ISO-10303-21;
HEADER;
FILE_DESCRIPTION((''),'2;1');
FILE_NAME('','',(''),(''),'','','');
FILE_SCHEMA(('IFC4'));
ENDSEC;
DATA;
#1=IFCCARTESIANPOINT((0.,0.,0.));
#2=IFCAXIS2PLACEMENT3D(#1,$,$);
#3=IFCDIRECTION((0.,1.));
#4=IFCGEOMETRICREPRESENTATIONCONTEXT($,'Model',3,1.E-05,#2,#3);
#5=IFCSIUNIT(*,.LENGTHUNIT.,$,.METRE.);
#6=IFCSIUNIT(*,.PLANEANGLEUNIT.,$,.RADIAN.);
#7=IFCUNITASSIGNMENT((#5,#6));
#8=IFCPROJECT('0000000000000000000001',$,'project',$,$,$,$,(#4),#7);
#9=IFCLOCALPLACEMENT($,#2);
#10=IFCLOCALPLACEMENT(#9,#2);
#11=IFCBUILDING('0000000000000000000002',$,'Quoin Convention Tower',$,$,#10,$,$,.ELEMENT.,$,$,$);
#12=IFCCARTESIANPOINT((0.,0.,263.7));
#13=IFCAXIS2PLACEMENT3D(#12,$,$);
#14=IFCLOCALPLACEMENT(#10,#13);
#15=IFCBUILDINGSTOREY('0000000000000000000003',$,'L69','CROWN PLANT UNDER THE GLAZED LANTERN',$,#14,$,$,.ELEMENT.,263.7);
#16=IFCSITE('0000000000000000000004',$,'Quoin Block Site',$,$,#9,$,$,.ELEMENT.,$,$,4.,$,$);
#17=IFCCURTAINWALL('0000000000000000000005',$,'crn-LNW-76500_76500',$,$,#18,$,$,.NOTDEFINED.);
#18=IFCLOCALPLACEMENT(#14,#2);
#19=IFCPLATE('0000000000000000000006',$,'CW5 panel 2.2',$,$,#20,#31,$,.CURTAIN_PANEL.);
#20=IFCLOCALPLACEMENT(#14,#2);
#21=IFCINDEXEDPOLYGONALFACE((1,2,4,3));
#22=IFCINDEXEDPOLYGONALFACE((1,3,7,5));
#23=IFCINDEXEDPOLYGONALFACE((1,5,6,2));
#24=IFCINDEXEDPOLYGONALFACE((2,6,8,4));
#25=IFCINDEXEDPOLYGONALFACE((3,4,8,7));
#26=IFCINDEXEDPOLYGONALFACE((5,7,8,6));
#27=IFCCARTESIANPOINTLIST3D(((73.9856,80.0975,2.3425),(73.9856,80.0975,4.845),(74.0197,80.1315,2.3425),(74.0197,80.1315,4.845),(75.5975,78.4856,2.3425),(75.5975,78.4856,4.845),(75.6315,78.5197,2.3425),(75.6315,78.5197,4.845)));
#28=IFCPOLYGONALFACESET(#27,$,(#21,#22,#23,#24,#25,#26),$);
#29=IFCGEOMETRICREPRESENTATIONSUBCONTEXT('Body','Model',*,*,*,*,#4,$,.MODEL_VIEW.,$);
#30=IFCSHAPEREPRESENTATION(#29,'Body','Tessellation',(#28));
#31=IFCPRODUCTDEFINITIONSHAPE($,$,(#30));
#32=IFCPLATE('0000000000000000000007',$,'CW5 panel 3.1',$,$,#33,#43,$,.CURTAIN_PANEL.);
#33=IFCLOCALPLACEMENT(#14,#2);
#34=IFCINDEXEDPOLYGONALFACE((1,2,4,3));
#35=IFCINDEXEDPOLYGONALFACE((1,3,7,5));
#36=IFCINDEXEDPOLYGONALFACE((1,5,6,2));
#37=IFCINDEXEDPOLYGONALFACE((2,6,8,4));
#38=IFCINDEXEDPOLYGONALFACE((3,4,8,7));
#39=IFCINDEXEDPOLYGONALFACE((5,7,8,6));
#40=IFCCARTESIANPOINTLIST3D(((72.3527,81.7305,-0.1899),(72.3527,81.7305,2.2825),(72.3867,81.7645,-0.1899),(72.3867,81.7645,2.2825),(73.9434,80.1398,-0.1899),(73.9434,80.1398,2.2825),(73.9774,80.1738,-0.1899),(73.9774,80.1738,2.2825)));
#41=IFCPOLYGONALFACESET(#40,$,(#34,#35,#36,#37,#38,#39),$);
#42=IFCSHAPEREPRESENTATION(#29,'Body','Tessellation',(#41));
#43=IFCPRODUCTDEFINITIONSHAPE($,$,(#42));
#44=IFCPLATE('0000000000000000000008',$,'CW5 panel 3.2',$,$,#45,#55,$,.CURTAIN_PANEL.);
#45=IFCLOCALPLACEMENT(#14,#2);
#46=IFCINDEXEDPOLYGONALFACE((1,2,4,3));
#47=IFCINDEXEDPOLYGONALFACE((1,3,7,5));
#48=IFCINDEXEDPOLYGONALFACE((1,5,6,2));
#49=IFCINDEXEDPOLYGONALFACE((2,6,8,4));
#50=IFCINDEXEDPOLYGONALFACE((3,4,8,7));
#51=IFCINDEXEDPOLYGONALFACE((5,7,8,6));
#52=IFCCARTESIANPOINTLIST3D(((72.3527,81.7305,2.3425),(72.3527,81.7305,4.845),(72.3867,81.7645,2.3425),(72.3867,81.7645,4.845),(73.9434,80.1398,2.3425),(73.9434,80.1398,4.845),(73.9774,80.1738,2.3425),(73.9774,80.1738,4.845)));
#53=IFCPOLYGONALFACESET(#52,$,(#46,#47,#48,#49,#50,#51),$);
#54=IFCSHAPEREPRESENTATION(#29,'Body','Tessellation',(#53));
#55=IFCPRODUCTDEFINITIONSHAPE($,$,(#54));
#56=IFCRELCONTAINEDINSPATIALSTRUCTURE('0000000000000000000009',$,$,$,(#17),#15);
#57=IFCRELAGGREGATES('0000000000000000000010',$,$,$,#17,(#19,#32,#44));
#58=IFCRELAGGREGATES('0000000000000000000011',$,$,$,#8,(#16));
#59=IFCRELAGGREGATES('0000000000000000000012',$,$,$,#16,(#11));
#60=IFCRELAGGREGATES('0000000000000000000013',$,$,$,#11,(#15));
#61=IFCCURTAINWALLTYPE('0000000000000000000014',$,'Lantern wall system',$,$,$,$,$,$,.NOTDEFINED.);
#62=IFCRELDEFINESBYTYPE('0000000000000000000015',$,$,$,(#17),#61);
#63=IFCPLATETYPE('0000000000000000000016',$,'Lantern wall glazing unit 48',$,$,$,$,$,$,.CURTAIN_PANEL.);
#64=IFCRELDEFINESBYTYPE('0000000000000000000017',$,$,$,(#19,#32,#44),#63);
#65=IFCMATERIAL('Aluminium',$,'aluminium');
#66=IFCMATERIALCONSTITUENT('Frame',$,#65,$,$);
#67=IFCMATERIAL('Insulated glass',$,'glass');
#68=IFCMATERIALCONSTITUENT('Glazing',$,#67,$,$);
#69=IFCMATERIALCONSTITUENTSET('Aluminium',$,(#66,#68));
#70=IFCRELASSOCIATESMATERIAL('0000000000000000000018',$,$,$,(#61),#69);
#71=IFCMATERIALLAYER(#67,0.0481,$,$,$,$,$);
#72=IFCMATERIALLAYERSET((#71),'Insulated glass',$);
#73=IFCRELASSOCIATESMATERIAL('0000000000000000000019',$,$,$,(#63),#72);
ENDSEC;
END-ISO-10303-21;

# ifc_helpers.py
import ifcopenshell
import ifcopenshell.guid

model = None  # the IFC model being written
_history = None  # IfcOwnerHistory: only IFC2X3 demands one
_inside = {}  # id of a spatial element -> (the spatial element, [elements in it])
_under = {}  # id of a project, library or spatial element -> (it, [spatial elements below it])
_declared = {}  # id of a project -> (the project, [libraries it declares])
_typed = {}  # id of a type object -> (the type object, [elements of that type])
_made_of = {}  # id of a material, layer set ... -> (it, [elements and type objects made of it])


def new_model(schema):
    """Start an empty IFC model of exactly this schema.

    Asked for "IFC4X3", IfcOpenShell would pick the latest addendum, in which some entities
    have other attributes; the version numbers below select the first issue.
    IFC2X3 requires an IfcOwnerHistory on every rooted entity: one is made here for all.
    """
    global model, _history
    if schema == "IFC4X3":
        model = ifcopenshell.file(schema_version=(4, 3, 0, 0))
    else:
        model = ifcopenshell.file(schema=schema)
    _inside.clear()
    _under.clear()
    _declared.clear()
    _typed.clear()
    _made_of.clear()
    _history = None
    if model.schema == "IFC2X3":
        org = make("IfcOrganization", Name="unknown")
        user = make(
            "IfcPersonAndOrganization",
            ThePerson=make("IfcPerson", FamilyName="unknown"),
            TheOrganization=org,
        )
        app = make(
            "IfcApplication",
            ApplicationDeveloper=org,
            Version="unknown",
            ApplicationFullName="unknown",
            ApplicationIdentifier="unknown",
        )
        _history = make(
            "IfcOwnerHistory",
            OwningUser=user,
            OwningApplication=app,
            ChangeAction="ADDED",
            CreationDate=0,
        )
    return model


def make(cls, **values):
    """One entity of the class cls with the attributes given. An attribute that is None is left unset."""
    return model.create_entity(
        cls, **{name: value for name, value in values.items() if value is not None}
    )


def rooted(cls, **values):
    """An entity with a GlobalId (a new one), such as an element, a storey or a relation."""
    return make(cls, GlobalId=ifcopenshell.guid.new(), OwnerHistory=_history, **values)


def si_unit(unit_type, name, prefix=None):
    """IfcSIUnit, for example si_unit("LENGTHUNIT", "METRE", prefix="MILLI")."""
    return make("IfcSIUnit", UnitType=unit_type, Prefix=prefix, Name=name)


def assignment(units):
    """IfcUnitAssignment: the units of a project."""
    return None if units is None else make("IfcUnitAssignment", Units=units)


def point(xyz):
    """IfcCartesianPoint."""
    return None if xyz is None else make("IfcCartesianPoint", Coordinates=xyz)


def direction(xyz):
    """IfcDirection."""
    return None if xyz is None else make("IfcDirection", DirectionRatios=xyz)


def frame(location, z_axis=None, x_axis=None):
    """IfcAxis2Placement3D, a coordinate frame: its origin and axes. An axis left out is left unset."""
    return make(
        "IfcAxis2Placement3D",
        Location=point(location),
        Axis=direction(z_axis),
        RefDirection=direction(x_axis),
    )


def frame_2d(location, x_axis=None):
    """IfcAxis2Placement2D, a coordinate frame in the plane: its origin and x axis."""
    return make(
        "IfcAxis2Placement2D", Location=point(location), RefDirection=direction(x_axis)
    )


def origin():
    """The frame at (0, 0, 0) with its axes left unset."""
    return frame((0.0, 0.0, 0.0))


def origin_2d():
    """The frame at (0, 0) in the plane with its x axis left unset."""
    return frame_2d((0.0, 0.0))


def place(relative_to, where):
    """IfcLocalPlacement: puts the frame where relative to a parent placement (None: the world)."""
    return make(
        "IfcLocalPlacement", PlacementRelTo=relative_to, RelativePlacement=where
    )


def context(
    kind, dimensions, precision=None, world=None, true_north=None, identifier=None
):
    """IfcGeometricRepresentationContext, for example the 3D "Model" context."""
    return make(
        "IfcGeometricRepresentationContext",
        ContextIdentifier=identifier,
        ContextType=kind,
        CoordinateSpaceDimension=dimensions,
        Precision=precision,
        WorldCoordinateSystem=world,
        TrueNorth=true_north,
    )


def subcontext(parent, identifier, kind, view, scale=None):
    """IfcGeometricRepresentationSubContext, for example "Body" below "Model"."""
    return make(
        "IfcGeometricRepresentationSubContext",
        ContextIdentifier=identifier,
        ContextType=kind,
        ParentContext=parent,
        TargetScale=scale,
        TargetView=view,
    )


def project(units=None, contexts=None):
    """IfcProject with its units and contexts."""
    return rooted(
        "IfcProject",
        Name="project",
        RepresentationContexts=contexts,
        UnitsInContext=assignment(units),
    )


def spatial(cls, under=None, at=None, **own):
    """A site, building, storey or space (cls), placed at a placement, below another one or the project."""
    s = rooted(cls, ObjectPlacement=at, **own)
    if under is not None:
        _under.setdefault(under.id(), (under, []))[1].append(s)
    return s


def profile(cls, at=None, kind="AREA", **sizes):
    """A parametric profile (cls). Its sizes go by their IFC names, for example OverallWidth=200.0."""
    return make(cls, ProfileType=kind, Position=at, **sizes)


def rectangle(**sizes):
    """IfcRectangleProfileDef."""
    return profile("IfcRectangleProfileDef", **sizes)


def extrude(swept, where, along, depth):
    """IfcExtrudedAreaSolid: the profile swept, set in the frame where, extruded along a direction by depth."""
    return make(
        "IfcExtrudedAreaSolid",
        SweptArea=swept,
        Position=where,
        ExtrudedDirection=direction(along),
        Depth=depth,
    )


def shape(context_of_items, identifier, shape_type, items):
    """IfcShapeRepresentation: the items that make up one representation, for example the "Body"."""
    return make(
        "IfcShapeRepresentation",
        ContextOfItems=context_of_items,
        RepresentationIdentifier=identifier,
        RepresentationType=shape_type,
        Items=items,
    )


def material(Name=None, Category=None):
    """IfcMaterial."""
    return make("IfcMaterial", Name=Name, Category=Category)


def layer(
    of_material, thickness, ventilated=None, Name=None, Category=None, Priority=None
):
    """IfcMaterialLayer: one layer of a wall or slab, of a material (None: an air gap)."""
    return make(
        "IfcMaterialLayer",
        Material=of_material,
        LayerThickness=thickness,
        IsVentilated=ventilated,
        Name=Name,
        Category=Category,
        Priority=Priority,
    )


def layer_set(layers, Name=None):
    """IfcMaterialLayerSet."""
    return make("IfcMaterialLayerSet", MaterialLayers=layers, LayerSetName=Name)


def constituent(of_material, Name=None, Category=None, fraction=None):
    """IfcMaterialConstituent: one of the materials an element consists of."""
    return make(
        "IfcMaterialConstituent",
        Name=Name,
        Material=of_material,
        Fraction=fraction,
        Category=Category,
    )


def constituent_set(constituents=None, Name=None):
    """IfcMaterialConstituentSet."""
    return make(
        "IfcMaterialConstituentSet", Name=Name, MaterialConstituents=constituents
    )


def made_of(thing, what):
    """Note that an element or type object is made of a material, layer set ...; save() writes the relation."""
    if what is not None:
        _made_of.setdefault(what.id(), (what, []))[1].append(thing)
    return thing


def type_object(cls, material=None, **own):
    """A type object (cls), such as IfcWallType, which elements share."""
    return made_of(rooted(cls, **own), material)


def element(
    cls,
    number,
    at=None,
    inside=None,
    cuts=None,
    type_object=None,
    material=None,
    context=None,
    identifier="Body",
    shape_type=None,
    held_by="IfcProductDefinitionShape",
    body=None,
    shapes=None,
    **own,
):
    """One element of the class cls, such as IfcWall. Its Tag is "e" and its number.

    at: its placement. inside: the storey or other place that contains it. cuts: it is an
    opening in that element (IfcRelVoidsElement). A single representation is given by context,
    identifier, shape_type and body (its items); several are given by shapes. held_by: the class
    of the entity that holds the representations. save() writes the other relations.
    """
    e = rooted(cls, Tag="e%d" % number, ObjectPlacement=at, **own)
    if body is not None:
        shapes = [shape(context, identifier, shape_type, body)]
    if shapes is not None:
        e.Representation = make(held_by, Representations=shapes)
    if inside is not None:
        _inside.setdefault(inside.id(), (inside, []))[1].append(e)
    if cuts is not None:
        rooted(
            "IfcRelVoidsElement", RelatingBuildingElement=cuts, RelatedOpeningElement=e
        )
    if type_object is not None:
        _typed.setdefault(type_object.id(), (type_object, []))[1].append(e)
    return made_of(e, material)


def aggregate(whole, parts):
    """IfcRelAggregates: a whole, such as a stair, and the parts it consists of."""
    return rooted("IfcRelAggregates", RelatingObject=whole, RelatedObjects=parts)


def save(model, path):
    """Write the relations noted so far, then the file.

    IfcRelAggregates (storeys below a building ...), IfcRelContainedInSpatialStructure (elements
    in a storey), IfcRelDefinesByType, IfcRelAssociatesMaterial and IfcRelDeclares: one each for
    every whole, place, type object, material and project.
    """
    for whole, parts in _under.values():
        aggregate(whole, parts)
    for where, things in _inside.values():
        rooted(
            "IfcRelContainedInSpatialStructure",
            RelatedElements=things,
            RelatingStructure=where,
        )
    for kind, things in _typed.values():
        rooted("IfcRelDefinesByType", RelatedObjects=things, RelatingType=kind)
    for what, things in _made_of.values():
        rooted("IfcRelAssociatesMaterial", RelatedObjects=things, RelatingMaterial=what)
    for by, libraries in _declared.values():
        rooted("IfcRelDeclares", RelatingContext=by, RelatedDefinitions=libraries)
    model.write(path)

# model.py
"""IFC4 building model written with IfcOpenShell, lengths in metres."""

from ifc_helpers import new_model, si_unit, direction, frame, origin, origin_2d, place, context, subcontext, project, spatial, rectangle, extrude, material, layer, layer_set, constituent, constituent_set, type_object, element, aggregate, save


model = new_model("IFC4")

# Units and contexts
model_context = context("Model", 3, precision=1e-05, world=origin(), true_north=direction((0.0, 1.0)))
body_context = subcontext(model_context, "Body", "Model", "MODEL_VIEW")
ifc_project = project(units=[si_unit("LENGTHUNIT", "METRE"), si_unit("PLANEANGLEUNIT", "RADIAN")], contexts=[model_context])

# Site, building, storey
site_placement = place(None, origin())
site = spatial("IfcSite", under=ifc_project, at=site_placement, Name="Quoin Block Site", CompositionType="ELEMENT", RefElevation=4.0)
building_placement = place(site_placement, origin())
building = spatial("IfcBuilding", under=site, at=building_placement, Name="Quoin Convention Tower", CompositionType="ELEMENT")
storey_placement = place(building_placement, frame((0.0, 0.0, 263.7)))
storey = spatial("IfcBuildingStorey", under=building, at=storey_placement, Name="L69", Description="CROWN PLANT UNDER THE GLAZED LANTERN", CompositionType="ELEMENT", Elevation=263.7)

# Curtain wall
ifc_material_1 = material(Name="Aluminium", Category="aluminium")
ifc_constituent_1 = constituent(ifc_material_1, Name="Frame")
ifc_material_2 = material(Name="Insulated glass", Category="glass")
ifc_constituent_2 = constituent(ifc_material_2, Name="Glazing")
ifc_constituent_set = constituent_set(constituents=[ifc_constituent_1, ifc_constituent_2], Name="Aluminium")
curtain_wall_type = type_object("IfcCurtainWallType", Name="Lantern wall system", PredefinedType="NOTDEFINED", material=ifc_constituent_set)
curtain_wall_1_placement = place(storey_placement, origin())
curtain_wall_1 = element("IfcCurtainWall", 1, at=curtain_wall_1_placement, inside=storey, type_object=curtain_wall_type, Name="crn-LNW-76500_76500", PredefinedType="NOTDEFINED")

# Plates
ifc_layer = layer(ifc_material_2, 0.0481)
ifc_layer_set = layer_set([ifc_layer], Name="Insulated glass")
plate_type = type_object("IfcPlateType", Name="Lantern wall glazing unit 48", PredefinedType="CURTAIN_PANEL", material=ifc_layer_set)
plate_1_placement = place(storey_placement, frame((74.8086, 79.3086, 2.3425), z_axis=(0.0, 0.0, 1.0), x_axis=(-0.707107, 0.707107, 0.0)))
plate_1 = element("IfcPlate", 2, at=plate_1_placement, type_object=plate_type, Name="CW5 panel 2.2", PredefinedType="CURTAIN_PANEL", context=body_context, shape_type="SweptSolid", body=[
    extrude(rectangle(XDim=2.2795, YDim=0.0481, at=origin_2d()), origin(), (0.0, 0.0, 1.0), 2.5024),
])
plate_2_placement = place(storey_placement, frame((73.165, 80.9521, -0.1899), z_axis=(0.0, 0.0, 1.0), x_axis=(-0.707107, 0.707107, 0.0)))
plate_2 = element("IfcPlate", 3, at=plate_2_placement, type_object=plate_type, Name="CW5 panel 3.1", PredefinedType="CURTAIN_PANEL", context=body_context, shape_type="SweptSolid", body=[
    extrude(rectangle(XDim=2.2495, YDim=0.0481, at=origin_2d()), origin(), (0.0, 0.0, 1.0), 2.4724),
])
plate_3_placement = place(storey_placement, frame((73.165, 80.9521, 2.3425), z_axis=(0.0, 0.0, 1.0), x_axis=(-0.707107, 0.707107, 0.0)))
plate_3 = element("IfcPlate", 4, at=plate_3_placement, type_object=plate_type, Name="CW5 panel 3.2", PredefinedType="CURTAIN_PANEL", context=body_context, shape_type="SweptSolid", body=[
    extrude(rectangle(XDim=2.2495, YDim=0.0481, at=origin_2d()), origin(), (0.0, 0.0, 1.0), 2.5024),
])
aggregate(curtain_wall_1, [plate_1, plate_2, plate_3])

save(model, "model.ifc")
